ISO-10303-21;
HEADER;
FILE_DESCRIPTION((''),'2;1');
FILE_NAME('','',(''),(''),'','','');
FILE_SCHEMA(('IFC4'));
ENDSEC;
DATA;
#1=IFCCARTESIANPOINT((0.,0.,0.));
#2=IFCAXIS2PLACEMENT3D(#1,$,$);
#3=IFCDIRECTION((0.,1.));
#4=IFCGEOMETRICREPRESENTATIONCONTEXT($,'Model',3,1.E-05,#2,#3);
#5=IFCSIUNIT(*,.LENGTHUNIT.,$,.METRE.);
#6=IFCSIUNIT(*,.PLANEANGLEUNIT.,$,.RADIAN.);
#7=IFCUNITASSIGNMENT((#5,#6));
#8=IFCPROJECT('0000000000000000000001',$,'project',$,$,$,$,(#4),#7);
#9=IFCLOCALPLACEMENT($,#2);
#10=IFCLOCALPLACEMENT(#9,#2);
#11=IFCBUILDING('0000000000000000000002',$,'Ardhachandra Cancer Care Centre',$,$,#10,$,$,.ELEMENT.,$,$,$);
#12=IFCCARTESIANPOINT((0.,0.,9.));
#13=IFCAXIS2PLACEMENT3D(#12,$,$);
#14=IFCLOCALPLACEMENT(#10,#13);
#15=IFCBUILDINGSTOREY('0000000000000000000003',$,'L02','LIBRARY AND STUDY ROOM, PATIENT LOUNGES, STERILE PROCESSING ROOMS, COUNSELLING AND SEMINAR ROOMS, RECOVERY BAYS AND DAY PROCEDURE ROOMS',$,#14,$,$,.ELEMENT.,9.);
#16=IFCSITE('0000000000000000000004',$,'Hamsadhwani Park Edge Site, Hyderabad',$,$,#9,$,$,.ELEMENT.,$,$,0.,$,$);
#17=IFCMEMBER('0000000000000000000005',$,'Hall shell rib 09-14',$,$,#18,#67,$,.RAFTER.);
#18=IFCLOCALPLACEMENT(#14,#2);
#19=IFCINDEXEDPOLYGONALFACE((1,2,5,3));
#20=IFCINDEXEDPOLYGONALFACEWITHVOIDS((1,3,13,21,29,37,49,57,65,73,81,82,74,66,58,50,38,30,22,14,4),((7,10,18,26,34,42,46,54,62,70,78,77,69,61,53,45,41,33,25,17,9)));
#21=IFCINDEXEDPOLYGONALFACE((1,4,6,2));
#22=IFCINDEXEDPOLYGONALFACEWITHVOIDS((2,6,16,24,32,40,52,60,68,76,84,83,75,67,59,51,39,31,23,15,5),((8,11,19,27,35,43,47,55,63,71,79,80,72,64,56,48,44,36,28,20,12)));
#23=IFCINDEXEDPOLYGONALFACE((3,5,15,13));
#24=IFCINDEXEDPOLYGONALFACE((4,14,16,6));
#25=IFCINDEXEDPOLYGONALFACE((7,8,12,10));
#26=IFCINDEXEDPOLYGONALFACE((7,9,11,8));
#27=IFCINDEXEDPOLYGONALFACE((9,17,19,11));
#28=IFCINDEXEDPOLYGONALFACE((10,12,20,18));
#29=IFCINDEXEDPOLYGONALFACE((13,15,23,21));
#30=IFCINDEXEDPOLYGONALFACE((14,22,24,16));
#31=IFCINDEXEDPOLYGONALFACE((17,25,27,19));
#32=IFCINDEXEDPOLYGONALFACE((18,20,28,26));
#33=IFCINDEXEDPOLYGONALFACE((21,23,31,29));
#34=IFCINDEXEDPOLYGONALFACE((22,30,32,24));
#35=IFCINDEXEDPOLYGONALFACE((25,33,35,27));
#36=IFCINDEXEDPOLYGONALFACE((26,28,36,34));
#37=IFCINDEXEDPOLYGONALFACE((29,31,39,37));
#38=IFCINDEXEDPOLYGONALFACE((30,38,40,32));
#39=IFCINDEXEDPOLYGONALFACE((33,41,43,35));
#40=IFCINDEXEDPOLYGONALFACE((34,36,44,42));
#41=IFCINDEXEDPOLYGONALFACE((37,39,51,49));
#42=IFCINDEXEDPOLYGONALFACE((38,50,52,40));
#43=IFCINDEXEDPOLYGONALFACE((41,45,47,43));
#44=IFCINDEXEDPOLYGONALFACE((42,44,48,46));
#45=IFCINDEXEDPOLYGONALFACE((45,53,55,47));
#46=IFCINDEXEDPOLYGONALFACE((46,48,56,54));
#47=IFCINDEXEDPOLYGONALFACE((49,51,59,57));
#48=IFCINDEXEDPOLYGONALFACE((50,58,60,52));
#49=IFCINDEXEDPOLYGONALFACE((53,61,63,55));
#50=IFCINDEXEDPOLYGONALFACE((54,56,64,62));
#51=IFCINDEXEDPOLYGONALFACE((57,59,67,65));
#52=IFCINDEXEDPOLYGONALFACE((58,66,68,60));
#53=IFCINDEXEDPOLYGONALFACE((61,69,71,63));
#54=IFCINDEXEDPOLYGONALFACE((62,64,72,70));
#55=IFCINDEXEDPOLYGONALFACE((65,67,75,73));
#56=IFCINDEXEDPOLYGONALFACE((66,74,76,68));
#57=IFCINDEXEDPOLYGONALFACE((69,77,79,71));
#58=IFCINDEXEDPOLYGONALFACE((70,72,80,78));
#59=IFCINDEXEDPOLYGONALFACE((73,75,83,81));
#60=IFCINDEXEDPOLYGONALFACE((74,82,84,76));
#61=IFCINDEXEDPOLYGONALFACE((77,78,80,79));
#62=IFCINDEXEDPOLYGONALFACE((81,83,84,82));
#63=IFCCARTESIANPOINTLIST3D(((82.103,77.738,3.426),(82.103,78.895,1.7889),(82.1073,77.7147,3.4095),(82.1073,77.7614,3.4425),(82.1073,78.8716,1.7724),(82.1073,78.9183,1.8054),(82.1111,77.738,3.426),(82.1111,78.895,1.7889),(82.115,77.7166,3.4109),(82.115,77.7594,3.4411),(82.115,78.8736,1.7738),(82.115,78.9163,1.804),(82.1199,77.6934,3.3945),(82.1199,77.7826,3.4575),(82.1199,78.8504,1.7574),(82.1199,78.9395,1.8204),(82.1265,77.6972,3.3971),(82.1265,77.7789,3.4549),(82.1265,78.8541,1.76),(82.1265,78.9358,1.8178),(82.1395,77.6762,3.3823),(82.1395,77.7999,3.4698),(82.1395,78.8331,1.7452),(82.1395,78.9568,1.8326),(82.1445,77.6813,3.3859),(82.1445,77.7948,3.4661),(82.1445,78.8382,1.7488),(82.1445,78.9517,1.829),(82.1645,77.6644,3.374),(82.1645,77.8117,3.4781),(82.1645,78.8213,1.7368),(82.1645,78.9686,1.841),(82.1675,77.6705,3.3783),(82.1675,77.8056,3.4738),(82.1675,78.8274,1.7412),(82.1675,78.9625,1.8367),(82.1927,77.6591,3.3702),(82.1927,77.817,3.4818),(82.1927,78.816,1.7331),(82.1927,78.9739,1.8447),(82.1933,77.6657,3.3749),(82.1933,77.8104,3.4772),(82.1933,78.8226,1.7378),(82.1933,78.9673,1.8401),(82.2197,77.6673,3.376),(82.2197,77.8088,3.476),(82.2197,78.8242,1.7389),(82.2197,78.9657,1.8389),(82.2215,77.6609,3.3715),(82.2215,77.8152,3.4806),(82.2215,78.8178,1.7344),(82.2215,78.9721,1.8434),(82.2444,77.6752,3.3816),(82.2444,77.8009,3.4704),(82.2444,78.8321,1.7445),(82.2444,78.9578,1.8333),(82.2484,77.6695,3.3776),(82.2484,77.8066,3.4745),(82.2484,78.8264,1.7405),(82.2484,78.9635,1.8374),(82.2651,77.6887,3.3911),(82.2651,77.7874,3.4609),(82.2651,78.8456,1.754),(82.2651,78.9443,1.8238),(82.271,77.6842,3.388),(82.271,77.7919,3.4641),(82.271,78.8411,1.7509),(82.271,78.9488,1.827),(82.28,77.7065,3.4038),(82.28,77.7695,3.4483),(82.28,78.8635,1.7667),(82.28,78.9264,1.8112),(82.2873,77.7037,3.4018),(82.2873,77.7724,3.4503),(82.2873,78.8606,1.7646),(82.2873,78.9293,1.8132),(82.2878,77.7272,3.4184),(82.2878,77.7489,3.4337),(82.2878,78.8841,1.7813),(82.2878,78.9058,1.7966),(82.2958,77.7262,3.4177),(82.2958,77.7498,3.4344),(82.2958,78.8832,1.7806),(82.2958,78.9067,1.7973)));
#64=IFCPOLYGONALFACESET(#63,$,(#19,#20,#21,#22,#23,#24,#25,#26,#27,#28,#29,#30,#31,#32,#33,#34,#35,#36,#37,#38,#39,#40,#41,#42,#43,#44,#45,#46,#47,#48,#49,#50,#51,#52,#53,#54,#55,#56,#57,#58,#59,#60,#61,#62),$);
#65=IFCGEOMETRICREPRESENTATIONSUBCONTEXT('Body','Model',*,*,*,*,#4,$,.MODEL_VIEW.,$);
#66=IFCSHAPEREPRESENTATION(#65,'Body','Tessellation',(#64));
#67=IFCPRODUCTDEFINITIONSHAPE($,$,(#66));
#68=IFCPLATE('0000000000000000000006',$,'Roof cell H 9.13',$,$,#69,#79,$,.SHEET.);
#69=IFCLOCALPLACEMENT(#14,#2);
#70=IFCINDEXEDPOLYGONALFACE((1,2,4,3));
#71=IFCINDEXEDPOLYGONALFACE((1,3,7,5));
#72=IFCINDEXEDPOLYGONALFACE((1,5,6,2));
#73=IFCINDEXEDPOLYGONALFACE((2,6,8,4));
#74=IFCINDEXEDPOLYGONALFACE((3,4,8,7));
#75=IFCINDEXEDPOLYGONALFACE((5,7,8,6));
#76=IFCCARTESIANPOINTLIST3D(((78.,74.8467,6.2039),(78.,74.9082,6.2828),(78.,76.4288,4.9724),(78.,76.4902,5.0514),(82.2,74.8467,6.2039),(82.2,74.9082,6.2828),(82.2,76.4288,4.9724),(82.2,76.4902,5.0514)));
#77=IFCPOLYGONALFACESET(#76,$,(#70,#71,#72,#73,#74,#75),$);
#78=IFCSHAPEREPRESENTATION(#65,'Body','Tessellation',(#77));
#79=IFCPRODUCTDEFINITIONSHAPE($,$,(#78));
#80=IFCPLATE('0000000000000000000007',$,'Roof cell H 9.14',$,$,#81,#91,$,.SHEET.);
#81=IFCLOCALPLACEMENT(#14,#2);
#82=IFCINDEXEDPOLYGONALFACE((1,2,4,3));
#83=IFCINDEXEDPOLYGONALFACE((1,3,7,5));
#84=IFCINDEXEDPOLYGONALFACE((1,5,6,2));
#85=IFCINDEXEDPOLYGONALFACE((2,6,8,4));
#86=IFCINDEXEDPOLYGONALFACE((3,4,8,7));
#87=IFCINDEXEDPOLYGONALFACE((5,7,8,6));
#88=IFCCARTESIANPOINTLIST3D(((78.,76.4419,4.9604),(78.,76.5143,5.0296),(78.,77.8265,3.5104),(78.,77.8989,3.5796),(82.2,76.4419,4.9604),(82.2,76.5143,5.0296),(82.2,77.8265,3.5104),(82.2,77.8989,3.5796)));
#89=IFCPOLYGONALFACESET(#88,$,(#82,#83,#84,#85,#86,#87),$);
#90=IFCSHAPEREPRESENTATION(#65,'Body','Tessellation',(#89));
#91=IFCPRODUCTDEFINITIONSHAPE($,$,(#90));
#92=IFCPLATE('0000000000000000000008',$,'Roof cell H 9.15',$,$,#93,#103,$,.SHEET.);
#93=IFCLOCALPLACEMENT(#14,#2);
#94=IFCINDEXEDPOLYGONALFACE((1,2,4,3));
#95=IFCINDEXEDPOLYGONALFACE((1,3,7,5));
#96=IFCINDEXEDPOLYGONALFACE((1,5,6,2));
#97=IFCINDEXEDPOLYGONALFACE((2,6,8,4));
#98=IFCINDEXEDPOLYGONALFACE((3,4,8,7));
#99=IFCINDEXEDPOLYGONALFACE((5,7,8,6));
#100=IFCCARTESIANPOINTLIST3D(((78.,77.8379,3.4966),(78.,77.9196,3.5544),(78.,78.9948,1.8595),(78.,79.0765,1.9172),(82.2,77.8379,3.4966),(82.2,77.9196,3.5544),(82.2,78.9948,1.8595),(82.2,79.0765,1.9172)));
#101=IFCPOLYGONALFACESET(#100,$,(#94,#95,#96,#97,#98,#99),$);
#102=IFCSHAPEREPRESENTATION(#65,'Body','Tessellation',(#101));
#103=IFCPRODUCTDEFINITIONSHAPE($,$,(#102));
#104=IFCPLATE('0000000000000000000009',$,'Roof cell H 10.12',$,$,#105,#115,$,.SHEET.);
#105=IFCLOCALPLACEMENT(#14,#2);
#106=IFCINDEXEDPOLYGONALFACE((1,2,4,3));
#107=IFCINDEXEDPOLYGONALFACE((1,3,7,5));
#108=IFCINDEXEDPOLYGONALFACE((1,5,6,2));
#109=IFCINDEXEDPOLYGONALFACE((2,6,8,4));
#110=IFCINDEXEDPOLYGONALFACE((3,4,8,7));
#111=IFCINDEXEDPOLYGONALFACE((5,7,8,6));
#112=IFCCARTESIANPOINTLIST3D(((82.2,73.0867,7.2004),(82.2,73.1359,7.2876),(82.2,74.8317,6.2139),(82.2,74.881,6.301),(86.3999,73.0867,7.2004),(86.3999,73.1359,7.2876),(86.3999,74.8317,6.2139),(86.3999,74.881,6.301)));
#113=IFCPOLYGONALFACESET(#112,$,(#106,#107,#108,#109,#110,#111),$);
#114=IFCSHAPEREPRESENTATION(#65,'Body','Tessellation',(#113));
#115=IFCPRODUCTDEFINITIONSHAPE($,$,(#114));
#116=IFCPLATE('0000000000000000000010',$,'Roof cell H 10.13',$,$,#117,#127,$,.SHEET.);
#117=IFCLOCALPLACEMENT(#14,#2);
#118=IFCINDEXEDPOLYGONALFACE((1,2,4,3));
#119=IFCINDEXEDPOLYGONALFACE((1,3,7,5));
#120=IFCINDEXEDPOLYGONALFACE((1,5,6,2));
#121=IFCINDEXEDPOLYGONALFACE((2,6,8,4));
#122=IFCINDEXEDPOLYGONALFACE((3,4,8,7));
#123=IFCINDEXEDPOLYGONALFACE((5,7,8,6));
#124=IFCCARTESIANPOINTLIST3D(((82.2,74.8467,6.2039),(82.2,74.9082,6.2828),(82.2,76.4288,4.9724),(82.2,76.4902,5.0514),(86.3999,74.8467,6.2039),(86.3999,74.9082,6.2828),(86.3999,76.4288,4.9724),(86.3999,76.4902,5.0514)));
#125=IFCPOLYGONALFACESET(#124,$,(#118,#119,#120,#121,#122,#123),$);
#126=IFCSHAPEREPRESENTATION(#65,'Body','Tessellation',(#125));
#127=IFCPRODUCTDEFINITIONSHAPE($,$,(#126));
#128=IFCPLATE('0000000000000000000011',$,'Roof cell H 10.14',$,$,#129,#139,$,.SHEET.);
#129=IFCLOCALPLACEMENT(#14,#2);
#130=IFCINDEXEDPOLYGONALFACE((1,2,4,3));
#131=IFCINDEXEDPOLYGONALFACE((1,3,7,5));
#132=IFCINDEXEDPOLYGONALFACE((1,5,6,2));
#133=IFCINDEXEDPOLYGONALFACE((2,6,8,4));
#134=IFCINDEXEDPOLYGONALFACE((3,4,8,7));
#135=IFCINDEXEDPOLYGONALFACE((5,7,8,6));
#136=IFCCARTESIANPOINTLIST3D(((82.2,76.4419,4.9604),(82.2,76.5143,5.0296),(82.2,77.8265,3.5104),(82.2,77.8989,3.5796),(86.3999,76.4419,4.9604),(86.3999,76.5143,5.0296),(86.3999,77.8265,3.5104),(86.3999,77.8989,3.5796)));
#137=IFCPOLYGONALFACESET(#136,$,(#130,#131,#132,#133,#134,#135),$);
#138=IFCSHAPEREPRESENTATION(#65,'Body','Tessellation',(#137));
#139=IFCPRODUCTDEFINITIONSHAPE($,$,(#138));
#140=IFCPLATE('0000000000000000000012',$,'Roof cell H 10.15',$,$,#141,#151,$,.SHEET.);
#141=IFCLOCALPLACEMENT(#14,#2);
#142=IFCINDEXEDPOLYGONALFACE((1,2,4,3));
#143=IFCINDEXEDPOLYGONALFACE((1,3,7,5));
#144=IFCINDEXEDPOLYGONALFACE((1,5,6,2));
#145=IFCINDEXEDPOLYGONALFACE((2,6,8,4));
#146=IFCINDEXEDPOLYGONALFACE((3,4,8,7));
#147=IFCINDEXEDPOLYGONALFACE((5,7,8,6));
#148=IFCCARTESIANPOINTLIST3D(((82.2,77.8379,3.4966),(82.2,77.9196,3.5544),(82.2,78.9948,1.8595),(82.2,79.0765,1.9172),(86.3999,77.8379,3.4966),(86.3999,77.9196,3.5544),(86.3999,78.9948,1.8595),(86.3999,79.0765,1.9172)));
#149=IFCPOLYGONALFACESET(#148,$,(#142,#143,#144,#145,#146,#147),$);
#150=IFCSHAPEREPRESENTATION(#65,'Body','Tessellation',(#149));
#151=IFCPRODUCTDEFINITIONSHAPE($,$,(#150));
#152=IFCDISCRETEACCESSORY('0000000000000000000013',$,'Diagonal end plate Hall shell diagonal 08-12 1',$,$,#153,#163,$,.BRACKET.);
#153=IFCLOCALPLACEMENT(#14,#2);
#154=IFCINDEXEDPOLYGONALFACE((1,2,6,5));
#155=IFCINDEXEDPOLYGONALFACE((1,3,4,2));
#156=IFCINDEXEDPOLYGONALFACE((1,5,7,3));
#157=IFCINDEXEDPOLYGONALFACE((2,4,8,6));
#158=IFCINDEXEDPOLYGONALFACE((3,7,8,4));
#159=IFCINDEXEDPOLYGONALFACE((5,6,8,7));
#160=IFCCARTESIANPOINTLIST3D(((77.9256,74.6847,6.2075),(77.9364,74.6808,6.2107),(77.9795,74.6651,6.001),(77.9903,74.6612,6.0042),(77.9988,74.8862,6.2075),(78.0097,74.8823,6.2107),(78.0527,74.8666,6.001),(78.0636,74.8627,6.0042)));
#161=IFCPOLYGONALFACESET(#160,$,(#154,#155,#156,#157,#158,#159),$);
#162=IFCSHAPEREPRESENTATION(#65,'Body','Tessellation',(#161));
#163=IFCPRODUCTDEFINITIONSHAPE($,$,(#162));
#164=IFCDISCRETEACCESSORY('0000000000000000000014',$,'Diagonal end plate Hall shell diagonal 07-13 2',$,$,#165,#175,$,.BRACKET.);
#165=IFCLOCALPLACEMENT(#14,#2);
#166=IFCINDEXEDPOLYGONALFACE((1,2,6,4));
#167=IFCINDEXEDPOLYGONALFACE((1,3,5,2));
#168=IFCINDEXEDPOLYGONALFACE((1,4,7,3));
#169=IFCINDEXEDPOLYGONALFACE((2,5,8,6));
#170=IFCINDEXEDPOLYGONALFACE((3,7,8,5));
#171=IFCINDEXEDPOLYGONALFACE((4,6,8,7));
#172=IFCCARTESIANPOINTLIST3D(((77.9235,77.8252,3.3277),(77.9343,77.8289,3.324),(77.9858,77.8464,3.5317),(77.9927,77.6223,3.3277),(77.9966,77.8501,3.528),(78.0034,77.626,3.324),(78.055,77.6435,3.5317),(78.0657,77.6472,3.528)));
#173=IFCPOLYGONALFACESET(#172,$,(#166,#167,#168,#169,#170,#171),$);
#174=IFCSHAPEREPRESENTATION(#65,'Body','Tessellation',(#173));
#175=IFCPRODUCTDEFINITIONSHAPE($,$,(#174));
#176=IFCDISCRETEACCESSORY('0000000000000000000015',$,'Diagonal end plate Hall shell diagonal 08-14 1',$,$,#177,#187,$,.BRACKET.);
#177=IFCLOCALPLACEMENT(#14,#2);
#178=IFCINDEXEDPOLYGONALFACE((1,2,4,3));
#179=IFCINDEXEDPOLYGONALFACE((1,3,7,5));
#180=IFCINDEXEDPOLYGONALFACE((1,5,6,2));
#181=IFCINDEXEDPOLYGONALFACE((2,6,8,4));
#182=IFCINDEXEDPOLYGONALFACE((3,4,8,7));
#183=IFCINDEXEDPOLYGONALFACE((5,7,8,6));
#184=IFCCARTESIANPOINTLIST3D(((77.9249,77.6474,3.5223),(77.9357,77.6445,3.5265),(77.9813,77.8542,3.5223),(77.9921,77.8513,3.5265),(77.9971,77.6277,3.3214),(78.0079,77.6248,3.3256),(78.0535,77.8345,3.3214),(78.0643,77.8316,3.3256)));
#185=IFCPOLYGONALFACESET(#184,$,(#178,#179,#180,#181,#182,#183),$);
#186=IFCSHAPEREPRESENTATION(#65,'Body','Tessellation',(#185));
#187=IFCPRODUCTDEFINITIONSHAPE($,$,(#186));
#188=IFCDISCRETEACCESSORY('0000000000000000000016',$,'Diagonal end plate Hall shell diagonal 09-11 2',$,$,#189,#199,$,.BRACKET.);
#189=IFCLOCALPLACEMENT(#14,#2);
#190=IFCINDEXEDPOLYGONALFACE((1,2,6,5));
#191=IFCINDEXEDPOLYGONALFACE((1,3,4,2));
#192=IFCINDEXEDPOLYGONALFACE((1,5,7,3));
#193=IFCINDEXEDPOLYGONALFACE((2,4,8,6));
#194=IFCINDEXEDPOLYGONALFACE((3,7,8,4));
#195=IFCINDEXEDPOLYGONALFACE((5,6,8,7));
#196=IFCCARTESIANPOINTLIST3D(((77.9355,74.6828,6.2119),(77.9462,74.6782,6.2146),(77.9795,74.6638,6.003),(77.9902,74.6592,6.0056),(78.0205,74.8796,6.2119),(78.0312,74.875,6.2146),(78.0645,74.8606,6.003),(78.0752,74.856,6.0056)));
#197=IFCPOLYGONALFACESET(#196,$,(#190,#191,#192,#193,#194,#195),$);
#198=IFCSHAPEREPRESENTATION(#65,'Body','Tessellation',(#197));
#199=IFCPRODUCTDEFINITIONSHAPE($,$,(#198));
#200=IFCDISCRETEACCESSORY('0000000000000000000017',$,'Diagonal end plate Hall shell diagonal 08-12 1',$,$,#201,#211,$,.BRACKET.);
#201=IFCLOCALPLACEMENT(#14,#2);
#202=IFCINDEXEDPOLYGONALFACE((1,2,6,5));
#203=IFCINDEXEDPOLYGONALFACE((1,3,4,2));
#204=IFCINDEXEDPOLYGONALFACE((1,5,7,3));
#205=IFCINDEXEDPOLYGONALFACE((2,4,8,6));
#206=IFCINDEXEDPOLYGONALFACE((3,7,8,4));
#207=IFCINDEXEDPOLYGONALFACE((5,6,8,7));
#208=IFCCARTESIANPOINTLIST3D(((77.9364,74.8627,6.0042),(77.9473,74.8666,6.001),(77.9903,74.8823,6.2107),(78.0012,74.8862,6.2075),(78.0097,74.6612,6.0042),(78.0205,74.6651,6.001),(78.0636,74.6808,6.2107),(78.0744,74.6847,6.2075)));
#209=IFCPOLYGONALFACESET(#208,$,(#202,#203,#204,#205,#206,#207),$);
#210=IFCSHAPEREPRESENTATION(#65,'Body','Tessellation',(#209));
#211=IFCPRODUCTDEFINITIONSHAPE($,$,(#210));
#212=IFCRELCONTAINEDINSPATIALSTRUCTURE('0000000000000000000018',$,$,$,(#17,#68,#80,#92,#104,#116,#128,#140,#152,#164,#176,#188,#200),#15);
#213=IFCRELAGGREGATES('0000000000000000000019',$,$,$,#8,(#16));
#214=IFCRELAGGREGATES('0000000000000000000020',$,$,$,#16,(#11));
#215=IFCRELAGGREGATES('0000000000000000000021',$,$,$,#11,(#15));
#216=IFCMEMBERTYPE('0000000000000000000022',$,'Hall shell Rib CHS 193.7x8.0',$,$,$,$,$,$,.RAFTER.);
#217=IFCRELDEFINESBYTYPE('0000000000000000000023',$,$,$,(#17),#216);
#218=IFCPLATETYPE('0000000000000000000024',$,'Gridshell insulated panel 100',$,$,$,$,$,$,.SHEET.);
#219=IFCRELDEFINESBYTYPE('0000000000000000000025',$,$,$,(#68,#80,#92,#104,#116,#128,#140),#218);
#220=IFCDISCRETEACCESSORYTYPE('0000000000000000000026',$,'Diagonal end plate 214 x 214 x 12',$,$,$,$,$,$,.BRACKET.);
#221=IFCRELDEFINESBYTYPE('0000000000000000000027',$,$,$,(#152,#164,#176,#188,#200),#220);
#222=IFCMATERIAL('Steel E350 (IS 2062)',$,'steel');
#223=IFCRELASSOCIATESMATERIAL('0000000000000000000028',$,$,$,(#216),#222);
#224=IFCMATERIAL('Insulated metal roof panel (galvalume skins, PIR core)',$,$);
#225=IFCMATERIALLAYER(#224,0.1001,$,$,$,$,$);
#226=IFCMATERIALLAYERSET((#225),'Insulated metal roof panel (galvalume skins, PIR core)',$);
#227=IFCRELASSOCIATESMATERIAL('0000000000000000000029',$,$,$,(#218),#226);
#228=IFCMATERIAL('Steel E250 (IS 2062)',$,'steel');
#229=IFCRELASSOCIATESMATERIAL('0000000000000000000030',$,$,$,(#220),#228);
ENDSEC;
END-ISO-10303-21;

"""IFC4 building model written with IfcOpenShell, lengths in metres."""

from ifc_helpers import new_model, si_unit, direction, frame, origin, origin_2d, place, context, subcontext, project, spatial, polyline, rectangle, hollow_circle, outline, extrude, material, layer, layer_set, material_profile, profile_set, type_object, element, save


model = new_model("IFC4")

# Units and contexts
model_context = context("Model", 3, precision=1e-05, world=origin(), true_north=direction((0.0, 1.0)))
body_context = subcontext(model_context, "Body", "Model", "MODEL_VIEW")
ifc_project = project(units=[si_unit("LENGTHUNIT", "METRE"), si_unit("PLANEANGLEUNIT", "RADIAN")], contexts=[model_context])

# Site, building, storey
site_placement = place(None, origin())
site = spatial("IfcSite", under=ifc_project, at=site_placement, Name="Hamsadhwani Park Edge Site, Hyderabad", CompositionType="ELEMENT", RefElevation=0.0)
building_placement = place(site_placement, origin())
building = spatial("IfcBuilding", under=site, at=building_placement, Name="Ardhachandra Cancer Care Centre", CompositionType="ELEMENT")
storey_placement = place(building_placement, frame((0.0, 0.0, 9.0)))
storey = spatial("IfcBuildingStorey", under=building, at=storey_placement, Name="L02", Description="LIBRARY AND STUDY ROOM, PATIENT LOUNGES, STERILE PROCESSING ROOMS, COUNSELLING AND SEMINAR ROOMS, RECOVERY BAYS AND DAY PROCEDURE ROOMS", CompositionType="ELEMENT", Elevation=9.0)

# Member
ifc_material_1 = material(Name="Steel E350 (IS 2062)", Category="steel")
ifc_material_profile_1 = material_profile(ifc_material_1, hollow_circle(Radius=0.0969, WallThickness=0.0081, at=origin_2d()), Name="CHS 193.7x8.0")
ifc_profile_set_1 = profile_set([ifc_material_profile_1], Name="Steel E350 (IS 2062)")
member_type_1 = type_object("IfcMemberType", Name="Hall shell Rib CHS 193.7x8.0", PredefinedType="RAFTER", material=ifc_profile_set_1)
member_1_placement = place(storey_placement, frame((82.2, 77.738, 3.426), z_axis=(0.0, 0.577118, -0.816661), x_axis=(-1.0, 0.0, 0.0)))
element("IfcMember", 1, at=member_1_placement, inside=storey, type_object=member_type_1, Name="Hall shell rib 09-14", PredefinedType="RAFTER", context=body_context, shape_type="SweptSolid", body=[
    extrude(hollow_circle(Radius=0.0969, WallThickness=0.0081, at=origin_2d()), origin(), (0.0, 0.0, 1.0), 2.0046),
])

# Plates
ifc_material_2 = material(Name="Insulated metal roof panel (galvalume skins, PIR core)")
ifc_layer_1 = layer(ifc_material_2, 0.1001)
ifc_layer_set_1 = layer_set([ifc_layer_1], Name="Insulated metal roof panel (galvalume skins, PIR core)")
plate_type = type_object("IfcPlateType", Name="Gridshell insulated panel 100", PredefinedType="SHEET", material=ifc_layer_set_1)
for number, where, z_axis, x_axis, name in (
    (2, (78.0, 74.8467, 6.2039), (0.0, 0.614244, 0.789116), (1.0, 0.0, 0.0), "Roof cell H 9.13"),
    (3, (78.0, 76.4419, 4.9604), (0.0, 0.723237, 0.6906), (1.0, 0.0, 0.0), "Roof cell H 9.14"),
):
    element("IfcPlate", number, at=place(storey_placement, frame(where, z_axis=z_axis, x_axis=x_axis)), inside=storey, type_object=plate_type, Name=name, PredefinedType="SHEET", context=body_context, shape_type="SweptSolid", body=[
        extrude(outline(polyline([(0.0, 0.0), (4.2, 0.0), (4.2, 2.0049), (0.0, 2.0049), (0.0, 0.0)])), origin(), (0.0, 0.0, 1.0), 0.1001),
    ])
for number, where, z_axis, x_axis, name in (
    (4, (78.0, 77.8379, 3.4966), (0.0, 0.816661, 0.577118), (1.0, 0.0, 0.0), "Roof cell H 9.15"),
    (5, (82.2, 73.0867, 7.2004), (0.0, 0.492134, 0.87052), (1.0, 0.0, 0.0), "Roof cell H 10.12"),
):
    element("IfcPlate", number, at=place(storey_placement, frame(where, z_axis=z_axis, x_axis=x_axis)), inside=storey, type_object=plate_type, Name=name, PredefinedType="SHEET", context=body_context, shape_type="SweptSolid", body=[
        extrude(outline(polyline([(0.0, 0.0), (4.2, 0.0), (4.2, 2.0046), (0.0, 2.0046), (0.0, 0.0)])), origin(), (0.0, 0.0, 1.0), 0.1001),
    ])
for number, where, z_axis, x_axis, name in (
    (6, (82.2, 74.8467, 6.2039), (0.0, 0.614244, 0.789116), (1.0, 0.0, 0.0), "Roof cell H 10.13"),
    (7, (82.2, 76.4419, 4.9604), (0.0, 0.723237, 0.6906), (1.0, 0.0, 0.0), "Roof cell H 10.14"),
):
    element("IfcPlate", number, at=place(storey_placement, frame(where, z_axis=z_axis, x_axis=x_axis)), inside=storey, type_object=plate_type, Name=name, PredefinedType="SHEET", context=body_context, shape_type="SweptSolid", body=[
        extrude(outline(polyline([(0.0, 0.0), (4.2, 0.0), (4.2, 2.0049), (0.0, 2.0049), (0.0, 0.0)])), origin(), (0.0, 0.0, 1.0), 0.1001),
    ])
plate_placement = place(storey_placement, frame((82.2, 77.8379, 3.4966), z_axis=(0.0, 0.816661, 0.577118), x_axis=(1.0, 0.0, 0.0)))
element("IfcPlate", 8, at=plate_placement, inside=storey, type_object=plate_type, Name="Roof cell H 10.15", PredefinedType="SHEET", context=body_context, shape_type="SweptSolid", body=[
    extrude(outline(polyline([(0.0, 0.0), (4.2, 0.0), (4.2, 2.0046), (0.0, 2.0046), (0.0, 0.0)])), origin(), (0.0, 0.0, 1.0), 0.1001),
])

# Discrete accessories
ifc_material_3 = material(Name="Steel E250 (IS 2062)", Category="steel")
ifc_material_profile_2 = material_profile(ifc_material_3, rectangle(XDim=0.2144, YDim=0.2144, at=origin_2d()), Name="PL 214x214x12")
ifc_profile_set_2 = profile_set([ifc_material_profile_2], Name="Steel E250 (IS 2062)")
discrete_accessory_type = type_object("IfcDiscreteAccessoryType", Name="Diagonal end plate 214 x 214 x 12", PredefinedType="BRACKET", material=ifc_profile_set_2)
for number, where, z_axis, x_axis, name in (
    (9, (78.0, 74.7717, 6.1074), (-0.905534, 0.329285, -0.267544), (-0.341743, -0.939793, 0.0), "Diagonal end plate Hall shell diagonal 08-12 1"),
    (10, (78.0, 77.738, 3.426), (-0.900777, -0.307083, 0.307083), (0.322674, -0.94651, 0.0), "Diagonal end plate Hall shell diagonal 07-13 2"),
    (11, (78.0, 77.738, 3.426), (-0.904004, 0.246546, -0.349274), (-0.263117, -0.964764, 0.0), "Diagonal end plate Hall shell diagonal 08-14 1"),
    (12, (78.0, 74.7717, 6.1074), (0.894797, -0.38639, 0.223699), (0.396436, 0.918062, 0.0), "Diagonal end plate Hall shell diagonal 09-11 2"),
    (13, (78.0, 74.7717, 6.1074), (0.905534, 0.329285, -0.267544), (-0.341743, 0.939793, 0.0), "Diagonal end plate Hall shell diagonal 08-12 1"),
):
    element("IfcDiscreteAccessory", number, at=place(storey_placement, frame(where, z_axis=z_axis, x_axis=x_axis)), inside=storey, type_object=discrete_accessory_type, Name=name, PredefinedType="BRACKET", context=body_context, shape_type="SweptSolid", body=[
        extrude(rectangle(XDim=0.2144, YDim=0.2144, at=origin_2d()), origin(), (0.0, 0.0, 1.0), 0.012),
    ])

save(model, "model.ifc")
